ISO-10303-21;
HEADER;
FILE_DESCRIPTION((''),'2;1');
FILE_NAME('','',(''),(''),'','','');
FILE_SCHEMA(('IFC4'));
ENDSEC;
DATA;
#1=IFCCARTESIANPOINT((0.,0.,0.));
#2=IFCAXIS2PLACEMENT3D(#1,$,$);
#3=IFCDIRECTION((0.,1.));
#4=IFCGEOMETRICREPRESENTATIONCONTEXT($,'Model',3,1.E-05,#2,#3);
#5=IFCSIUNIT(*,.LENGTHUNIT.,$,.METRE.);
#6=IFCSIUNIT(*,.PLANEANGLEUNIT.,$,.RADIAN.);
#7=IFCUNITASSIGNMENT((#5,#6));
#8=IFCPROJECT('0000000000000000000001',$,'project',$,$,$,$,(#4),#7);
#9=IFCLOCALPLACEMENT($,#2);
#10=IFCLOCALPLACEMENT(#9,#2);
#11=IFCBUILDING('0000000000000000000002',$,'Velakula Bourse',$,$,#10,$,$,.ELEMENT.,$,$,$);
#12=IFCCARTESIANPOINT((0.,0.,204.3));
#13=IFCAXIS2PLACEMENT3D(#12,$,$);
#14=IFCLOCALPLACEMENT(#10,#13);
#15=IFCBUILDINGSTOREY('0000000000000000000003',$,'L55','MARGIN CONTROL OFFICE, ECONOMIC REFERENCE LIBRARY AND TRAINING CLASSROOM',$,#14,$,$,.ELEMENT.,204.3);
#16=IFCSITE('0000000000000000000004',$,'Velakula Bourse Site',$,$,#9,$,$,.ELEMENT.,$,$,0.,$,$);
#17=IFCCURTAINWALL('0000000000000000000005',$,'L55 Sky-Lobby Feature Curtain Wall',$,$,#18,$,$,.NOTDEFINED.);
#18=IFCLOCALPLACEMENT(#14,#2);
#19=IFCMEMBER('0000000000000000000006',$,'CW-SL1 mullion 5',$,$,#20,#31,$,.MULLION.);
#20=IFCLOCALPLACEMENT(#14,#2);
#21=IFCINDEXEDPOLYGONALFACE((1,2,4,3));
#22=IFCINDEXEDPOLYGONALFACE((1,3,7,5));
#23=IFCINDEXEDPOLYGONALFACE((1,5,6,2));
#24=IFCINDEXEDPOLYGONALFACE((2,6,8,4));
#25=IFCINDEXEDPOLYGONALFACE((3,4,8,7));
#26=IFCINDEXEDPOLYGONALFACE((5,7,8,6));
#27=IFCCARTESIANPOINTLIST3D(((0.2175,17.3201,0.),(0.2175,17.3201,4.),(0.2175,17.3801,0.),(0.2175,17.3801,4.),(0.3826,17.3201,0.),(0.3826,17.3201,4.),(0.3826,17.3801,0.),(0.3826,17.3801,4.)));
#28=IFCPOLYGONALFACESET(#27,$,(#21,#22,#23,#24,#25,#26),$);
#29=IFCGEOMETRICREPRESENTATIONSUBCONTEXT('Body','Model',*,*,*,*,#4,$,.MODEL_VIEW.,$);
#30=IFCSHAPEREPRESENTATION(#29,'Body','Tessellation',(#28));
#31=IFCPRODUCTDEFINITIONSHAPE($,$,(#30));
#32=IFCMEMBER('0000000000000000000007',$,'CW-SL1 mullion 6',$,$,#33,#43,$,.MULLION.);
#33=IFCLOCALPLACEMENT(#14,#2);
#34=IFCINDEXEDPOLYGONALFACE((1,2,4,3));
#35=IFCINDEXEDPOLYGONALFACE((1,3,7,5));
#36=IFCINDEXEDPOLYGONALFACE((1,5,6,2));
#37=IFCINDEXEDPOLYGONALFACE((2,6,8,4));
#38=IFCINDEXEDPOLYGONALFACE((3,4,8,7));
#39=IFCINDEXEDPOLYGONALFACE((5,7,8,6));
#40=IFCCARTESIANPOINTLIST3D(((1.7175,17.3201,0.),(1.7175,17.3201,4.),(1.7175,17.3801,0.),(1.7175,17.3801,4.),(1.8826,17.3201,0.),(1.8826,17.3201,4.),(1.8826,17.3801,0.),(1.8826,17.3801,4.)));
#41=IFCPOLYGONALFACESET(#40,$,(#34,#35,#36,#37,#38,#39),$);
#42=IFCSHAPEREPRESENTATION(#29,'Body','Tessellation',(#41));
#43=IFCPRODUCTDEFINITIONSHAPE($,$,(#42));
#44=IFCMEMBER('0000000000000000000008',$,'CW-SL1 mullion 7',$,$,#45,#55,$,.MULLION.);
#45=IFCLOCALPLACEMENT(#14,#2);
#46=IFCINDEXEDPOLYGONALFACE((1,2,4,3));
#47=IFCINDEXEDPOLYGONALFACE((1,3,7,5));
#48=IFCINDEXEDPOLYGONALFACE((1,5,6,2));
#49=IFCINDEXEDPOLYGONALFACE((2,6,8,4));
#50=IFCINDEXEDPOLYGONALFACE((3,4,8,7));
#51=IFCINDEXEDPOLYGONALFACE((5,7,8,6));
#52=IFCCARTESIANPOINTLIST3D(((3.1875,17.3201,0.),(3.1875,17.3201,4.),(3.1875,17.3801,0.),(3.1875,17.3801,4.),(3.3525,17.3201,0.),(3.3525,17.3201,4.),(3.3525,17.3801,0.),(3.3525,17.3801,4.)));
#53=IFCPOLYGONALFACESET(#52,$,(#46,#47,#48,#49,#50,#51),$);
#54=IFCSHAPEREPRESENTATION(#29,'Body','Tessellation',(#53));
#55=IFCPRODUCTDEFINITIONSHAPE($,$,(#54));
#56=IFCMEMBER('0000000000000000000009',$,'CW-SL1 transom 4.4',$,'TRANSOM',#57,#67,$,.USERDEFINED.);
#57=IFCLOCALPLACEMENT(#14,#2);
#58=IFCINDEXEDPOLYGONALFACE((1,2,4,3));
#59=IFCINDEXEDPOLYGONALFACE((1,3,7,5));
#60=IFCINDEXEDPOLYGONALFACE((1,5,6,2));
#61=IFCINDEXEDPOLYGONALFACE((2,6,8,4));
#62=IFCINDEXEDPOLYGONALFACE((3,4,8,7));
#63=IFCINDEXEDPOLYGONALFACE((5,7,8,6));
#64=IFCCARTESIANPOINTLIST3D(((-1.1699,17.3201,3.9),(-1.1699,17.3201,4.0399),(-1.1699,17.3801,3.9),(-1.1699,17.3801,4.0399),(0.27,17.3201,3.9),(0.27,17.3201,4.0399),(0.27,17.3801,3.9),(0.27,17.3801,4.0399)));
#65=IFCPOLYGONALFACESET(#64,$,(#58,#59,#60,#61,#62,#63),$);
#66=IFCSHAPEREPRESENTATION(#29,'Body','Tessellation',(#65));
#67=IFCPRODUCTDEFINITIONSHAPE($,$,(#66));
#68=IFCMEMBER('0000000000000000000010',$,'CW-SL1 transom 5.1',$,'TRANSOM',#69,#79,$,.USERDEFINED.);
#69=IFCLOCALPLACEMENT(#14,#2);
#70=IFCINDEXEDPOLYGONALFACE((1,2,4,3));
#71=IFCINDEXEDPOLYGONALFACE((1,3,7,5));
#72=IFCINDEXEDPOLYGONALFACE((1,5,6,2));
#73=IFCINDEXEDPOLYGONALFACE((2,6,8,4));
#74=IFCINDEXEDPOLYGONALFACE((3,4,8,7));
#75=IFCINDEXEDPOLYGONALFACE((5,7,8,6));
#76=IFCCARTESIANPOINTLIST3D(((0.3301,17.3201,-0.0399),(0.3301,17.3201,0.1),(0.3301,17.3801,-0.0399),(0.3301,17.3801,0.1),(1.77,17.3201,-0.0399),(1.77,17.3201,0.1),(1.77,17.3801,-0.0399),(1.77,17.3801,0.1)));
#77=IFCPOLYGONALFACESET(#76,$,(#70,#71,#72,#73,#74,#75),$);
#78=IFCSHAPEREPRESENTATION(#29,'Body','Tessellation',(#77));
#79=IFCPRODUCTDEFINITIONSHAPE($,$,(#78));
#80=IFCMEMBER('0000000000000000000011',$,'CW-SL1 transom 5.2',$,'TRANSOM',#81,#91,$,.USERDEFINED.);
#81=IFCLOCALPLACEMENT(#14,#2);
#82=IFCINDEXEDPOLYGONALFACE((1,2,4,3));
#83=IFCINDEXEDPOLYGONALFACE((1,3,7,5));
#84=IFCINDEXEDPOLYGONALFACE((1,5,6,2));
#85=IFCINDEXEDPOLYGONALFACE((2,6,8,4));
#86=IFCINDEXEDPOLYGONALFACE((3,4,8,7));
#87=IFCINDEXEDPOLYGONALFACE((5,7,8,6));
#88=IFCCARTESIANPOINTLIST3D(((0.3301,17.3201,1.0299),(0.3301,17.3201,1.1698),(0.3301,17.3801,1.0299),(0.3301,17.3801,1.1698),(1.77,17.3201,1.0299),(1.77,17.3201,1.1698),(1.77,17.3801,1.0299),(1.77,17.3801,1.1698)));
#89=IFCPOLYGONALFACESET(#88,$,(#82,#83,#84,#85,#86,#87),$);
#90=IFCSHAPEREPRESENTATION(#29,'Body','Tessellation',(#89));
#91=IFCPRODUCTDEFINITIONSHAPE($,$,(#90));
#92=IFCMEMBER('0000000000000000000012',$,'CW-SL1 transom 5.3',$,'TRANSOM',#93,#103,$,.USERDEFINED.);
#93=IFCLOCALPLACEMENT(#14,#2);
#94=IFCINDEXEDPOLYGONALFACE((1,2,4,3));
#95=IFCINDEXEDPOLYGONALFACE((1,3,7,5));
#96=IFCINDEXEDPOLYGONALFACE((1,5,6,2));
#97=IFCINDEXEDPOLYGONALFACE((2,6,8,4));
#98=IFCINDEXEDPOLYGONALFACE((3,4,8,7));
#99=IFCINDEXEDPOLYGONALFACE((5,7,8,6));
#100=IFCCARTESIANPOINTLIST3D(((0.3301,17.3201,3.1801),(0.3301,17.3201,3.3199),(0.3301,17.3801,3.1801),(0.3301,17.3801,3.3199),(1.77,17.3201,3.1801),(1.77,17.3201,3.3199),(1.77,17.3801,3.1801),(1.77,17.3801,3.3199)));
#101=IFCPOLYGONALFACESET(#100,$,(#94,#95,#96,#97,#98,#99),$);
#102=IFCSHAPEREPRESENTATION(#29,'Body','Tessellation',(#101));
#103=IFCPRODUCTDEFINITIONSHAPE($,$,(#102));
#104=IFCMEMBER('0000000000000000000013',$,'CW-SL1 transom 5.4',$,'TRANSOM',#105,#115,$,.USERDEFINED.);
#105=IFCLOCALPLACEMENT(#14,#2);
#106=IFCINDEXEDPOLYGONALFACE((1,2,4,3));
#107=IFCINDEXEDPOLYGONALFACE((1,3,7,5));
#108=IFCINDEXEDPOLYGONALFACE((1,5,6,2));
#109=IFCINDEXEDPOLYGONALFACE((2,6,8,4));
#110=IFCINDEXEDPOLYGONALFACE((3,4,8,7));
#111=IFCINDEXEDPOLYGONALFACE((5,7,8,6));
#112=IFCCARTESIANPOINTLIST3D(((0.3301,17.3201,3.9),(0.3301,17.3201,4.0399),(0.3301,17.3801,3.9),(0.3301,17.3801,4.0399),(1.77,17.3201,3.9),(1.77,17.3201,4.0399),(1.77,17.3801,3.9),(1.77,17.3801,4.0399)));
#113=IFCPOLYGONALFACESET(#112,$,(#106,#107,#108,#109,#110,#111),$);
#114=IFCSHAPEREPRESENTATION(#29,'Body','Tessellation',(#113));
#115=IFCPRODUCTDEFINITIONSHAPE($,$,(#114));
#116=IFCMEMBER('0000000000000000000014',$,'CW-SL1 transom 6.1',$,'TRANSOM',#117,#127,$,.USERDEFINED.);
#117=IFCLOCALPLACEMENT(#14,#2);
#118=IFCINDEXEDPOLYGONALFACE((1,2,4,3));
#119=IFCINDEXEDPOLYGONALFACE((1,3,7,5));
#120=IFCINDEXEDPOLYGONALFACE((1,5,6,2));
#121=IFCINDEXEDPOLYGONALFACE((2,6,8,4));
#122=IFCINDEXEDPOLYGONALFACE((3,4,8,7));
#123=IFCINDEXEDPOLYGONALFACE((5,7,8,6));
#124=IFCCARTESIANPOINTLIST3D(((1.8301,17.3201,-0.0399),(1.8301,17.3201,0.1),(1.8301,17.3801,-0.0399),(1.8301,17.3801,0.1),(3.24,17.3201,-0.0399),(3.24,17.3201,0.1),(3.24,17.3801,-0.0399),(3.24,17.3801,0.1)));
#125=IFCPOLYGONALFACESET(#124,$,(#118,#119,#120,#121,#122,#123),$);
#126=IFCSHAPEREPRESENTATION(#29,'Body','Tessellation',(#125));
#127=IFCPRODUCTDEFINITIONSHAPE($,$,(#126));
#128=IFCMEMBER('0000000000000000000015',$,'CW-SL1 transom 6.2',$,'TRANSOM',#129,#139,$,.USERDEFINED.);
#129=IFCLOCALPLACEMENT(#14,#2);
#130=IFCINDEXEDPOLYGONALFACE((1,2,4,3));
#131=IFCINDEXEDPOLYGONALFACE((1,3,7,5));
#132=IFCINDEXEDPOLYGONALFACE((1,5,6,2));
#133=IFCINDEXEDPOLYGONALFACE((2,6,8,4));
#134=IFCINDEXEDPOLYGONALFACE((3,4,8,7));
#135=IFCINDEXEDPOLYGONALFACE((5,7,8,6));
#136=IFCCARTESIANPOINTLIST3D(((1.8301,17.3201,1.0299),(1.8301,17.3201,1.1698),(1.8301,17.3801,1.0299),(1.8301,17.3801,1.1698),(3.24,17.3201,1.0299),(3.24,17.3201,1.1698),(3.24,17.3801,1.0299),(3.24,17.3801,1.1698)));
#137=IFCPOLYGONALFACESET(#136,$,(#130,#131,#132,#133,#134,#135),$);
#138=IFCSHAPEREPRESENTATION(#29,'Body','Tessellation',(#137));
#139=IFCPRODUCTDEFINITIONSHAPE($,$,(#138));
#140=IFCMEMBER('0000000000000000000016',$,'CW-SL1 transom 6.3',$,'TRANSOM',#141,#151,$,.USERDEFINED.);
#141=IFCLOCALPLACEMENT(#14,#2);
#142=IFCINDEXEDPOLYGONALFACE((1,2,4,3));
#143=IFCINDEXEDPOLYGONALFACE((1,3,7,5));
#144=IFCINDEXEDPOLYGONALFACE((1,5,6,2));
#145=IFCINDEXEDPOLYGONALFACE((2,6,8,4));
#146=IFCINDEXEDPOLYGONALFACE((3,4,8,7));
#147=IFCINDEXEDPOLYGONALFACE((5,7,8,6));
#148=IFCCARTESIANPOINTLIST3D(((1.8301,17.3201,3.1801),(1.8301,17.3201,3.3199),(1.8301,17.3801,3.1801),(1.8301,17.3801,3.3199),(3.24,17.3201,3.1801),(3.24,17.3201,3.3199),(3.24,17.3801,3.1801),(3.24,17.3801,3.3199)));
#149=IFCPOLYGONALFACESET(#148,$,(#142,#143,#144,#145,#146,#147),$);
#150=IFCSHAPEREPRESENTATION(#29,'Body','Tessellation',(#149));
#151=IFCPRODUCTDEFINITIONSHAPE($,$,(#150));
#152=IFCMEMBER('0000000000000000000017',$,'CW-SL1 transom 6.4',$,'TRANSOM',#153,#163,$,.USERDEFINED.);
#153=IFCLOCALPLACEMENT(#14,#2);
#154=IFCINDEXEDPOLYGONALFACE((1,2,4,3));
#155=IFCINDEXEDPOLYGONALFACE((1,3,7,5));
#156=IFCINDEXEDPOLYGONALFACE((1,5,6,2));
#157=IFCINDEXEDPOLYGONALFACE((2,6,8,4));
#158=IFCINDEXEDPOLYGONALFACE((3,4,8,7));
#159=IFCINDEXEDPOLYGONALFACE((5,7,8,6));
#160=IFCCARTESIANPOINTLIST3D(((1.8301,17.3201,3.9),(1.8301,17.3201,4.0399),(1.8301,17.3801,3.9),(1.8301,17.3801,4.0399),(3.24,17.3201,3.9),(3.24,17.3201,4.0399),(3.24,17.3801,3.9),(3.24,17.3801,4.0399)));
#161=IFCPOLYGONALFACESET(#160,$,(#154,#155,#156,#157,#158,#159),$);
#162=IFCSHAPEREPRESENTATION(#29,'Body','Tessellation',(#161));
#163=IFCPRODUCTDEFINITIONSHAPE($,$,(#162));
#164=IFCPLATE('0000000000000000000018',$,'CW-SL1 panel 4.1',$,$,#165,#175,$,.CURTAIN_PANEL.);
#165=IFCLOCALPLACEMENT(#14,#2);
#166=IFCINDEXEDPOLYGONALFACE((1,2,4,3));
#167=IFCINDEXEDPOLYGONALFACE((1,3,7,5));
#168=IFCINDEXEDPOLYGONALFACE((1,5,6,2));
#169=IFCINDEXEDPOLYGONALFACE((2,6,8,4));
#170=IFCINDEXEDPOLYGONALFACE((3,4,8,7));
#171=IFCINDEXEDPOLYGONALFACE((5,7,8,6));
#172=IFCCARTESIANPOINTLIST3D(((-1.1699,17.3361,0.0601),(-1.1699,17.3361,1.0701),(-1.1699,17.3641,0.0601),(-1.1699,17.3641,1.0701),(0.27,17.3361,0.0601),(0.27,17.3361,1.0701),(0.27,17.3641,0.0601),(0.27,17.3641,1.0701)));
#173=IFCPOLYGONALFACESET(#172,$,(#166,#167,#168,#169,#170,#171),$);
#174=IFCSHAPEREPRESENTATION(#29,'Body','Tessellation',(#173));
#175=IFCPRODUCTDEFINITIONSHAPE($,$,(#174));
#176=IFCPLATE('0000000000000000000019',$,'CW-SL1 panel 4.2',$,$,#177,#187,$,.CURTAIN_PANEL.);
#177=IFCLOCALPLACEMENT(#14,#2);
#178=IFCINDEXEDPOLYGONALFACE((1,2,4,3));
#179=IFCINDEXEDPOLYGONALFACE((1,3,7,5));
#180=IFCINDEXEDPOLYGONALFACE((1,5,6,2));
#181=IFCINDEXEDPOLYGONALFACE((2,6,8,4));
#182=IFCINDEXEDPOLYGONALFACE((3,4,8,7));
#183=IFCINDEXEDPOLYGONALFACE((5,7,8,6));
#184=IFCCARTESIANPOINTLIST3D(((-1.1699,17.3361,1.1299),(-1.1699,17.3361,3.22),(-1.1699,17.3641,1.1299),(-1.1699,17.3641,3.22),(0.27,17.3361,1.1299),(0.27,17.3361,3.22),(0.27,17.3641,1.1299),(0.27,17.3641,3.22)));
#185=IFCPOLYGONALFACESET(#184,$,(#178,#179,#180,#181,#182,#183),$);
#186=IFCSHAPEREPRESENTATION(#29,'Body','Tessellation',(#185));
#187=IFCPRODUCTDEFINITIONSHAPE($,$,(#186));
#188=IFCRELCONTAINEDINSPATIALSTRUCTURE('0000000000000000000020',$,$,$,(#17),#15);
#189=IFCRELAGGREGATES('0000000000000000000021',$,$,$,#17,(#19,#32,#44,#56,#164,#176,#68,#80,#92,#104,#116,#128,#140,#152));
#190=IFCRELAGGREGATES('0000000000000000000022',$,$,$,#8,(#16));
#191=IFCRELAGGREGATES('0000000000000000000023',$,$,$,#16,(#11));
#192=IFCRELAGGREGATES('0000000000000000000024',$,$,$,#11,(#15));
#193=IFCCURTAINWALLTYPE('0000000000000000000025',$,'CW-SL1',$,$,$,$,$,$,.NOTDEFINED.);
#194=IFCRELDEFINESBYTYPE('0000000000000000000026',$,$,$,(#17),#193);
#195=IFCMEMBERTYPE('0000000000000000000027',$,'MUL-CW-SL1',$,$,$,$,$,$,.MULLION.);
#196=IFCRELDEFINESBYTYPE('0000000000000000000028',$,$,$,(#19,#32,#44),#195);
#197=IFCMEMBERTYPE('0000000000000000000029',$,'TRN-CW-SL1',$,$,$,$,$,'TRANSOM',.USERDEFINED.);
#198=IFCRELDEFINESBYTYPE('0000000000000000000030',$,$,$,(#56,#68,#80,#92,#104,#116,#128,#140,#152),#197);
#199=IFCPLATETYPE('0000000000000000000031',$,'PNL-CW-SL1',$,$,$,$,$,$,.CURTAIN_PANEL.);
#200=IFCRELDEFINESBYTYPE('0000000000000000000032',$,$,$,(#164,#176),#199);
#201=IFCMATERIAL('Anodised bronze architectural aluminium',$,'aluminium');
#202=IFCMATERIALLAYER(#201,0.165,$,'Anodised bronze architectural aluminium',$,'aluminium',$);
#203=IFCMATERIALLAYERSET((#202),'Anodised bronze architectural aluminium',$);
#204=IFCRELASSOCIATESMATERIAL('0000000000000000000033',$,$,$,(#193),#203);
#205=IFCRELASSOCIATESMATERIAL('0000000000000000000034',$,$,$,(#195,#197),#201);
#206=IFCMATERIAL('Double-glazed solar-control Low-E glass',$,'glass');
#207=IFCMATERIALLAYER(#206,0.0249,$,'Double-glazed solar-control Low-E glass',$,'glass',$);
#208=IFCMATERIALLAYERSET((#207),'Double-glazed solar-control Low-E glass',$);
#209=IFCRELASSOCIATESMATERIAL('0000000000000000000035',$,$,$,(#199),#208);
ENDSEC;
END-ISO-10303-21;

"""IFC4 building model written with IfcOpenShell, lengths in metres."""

from ifc_helpers import new_model, si_unit, direction, frame, origin, origin_2d, place, context, subcontext, project, spatial, rectangle, extrude, material, layer, layer_set, material_profile, profile_set, type_object, element, aggregate, save


model = new_model("IFC4")

# Units and contexts
model_context = context("Model", 3, precision=1e-05, world=origin(), true_north=direction((0.0, 1.0)))
body_context = subcontext(model_context, "Body", "Model", "MODEL_VIEW")
ifc_project = project(units=[si_unit("LENGTHUNIT", "METRE"), si_unit("PLANEANGLEUNIT", "RADIAN")], contexts=[model_context])

# Site, building, storey
site_placement = place(None, origin())
site = spatial("IfcSite", under=ifc_project, at=site_placement, Name="Velakula Bourse Site", CompositionType="ELEMENT", RefElevation=0.0)
building_placement = place(site_placement, origin())
building = spatial("IfcBuilding", under=site, at=building_placement, Name="Velakula Bourse", CompositionType="ELEMENT")
storey_placement = place(building_placement, frame((0.0, 0.0, 204.3)))
storey = spatial("IfcBuildingStorey", under=building, at=storey_placement, Name="L55", Description="MARGIN CONTROL OFFICE, ECONOMIC REFERENCE LIBRARY AND TRAINING CLASSROOM", CompositionType="ELEMENT", Elevation=204.3)

# Curtain wall, members, plates
ifc_material_1 = material(Name="Anodised bronze architectural aluminium", Category="aluminium")
ifc_layer_1 = layer(ifc_material_1, 0.165, Name="Anodised bronze architectural aluminium", Category="aluminium")
ifc_layer_set_1 = layer_set([ifc_layer_1], Name="Anodised bronze architectural aluminium")
curtain_wall_type = type_object("IfcCurtainWallType", Name="CW-SL1", PredefinedType="NOTDEFINED", material=ifc_layer_set_1)
curtain_wall_placement = place(storey_placement, origin())
curtain_wall = element("IfcCurtainWall", 1, at=curtain_wall_placement, inside=storey, type_object=curtain_wall_type, Name="L55 Sky-Lobby Feature Curtain Wall", PredefinedType="NOTDEFINED")
ifc_material_profile_1 = material_profile(ifc_material_1, rectangle(XDim=0.0601, YDim=0.165, at=origin_2d()), Name="Anodised bronze architectural aluminium")
ifc_profile_set_1 = profile_set([ifc_material_profile_1], Name="Anodised bronze architectural aluminium")
member_type_1 = type_object("IfcMemberType", Name="MUL-CW-SL1", PredefinedType="MULLION", material=ifc_profile_set_1)
member_1_placement = place(storey_placement, frame((0.3, 17.3501, 0.0), z_axis=(0.0, 0.0, 1.0), x_axis=(0.0, 1.0, 0.0)))
member_1 = element("IfcMember", 2, at=member_1_placement, type_object=member_type_1, Name="CW-SL1 mullion 5", PredefinedType="MULLION", context=body_context, shape_type="SweptSolid", body=[
    extrude(rectangle(XDim=0.0601, YDim=0.165, at=origin_2d()), origin(), (0.0, 0.0, 1.0), 4.0),
])
member_2_placement = place(storey_placement, frame((1.8, 17.3501, 0.0), z_axis=(0.0, 0.0, 1.0), x_axis=(0.0, 1.0, 0.0)))
member_2 = element("IfcMember", 3, at=member_2_placement, type_object=member_type_1, Name="CW-SL1 mullion 6", PredefinedType="MULLION", context=body_context, shape_type="SweptSolid", body=[
    extrude(rectangle(XDim=0.0601, YDim=0.165, at=origin_2d()), origin(), (0.0, 0.0, 1.0), 4.0),
])
member_3_placement = place(storey_placement, frame((3.27, 17.3501, 0.0), z_axis=(0.0, 0.0, 1.0), x_axis=(0.0, 1.0, 0.0)))
member_3 = element("IfcMember", 4, at=member_3_placement, type_object=member_type_1, Name="CW-SL1 mullion 7", PredefinedType="MULLION", context=body_context, shape_type="SweptSolid", body=[
    extrude(rectangle(XDim=0.0601, YDim=0.165, at=origin_2d()), origin(), (0.0, 0.0, 1.0), 4.0),
])
ifc_material_profile_2 = material_profile(ifc_material_1, rectangle(XDim=0.0601, YDim=0.1399, at=origin_2d()), Name="Anodised bronze architectural aluminium")
ifc_profile_set_2 = profile_set([ifc_material_profile_2], Name="Anodised bronze architectural aluminium")
member_type_2 = type_object("IfcMemberType", Name="TRN-CW-SL1", ElementType="TRANSOM", PredefinedType="USERDEFINED", material=ifc_profile_set_2)
member_4_placement = place(storey_placement, frame((-1.1699, 17.3501, 3.97), z_axis=(1.0, 0.0, 0.0), x_axis=(0.0, 1.0, 0.0)))
member_4 = element("IfcMember", 5, at=member_4_placement, type_object=member_type_2, Name="CW-SL1 transom 4.4", ObjectType="TRANSOM", PredefinedType="USERDEFINED", context=body_context, shape_type="SweptSolid", body=[
    extrude(rectangle(XDim=0.0601, YDim=0.1399, at=origin_2d()), origin(), (0.0, 0.0, 1.0), 1.4399),
])
member_5_placement = place(storey_placement, frame((0.3301, 17.3501, 0.03), z_axis=(1.0, 0.0, 0.0), x_axis=(0.0, 1.0, 0.0)))
member_5 = element("IfcMember", 6, at=member_5_placement, type_object=member_type_2, Name="CW-SL1 transom 5.1", ObjectType="TRANSOM", PredefinedType="USERDEFINED", context=body_context, shape_type="SweptSolid", body=[
    extrude(rectangle(XDim=0.0601, YDim=0.1399, at=origin_2d()), origin(), (0.0, 0.0, 1.0), 1.4399),
])
member_6_placement = place(storey_placement, frame((0.3301, 17.3501, 1.0999), z_axis=(1.0, 0.0, 0.0), x_axis=(0.0, 1.0, 0.0)))
member_6 = element("IfcMember", 7, at=member_6_placement, type_object=member_type_2, Name="CW-SL1 transom 5.2", ObjectType="TRANSOM", PredefinedType="USERDEFINED", context=body_context, shape_type="SweptSolid", body=[
    extrude(rectangle(XDim=0.0601, YDim=0.1399, at=origin_2d()), origin(), (0.0, 0.0, 1.0), 1.4399),
])
member_7_placement = place(storey_placement, frame((0.3301, 17.3501, 3.25), z_axis=(1.0, 0.0, 0.0), x_axis=(0.0, 1.0, 0.0)))
member_7 = element("IfcMember", 8, at=member_7_placement, type_object=member_type_2, Name="CW-SL1 transom 5.3", ObjectType="TRANSOM", PredefinedType="USERDEFINED", context=body_context, shape_type="SweptSolid", body=[
    extrude(rectangle(XDim=0.0601, YDim=0.1399, at=origin_2d()), origin(), (0.0, 0.0, 1.0), 1.4399),
])
member_8_placement = place(storey_placement, frame((0.3301, 17.3501, 3.97), z_axis=(1.0, 0.0, 0.0), x_axis=(0.0, 1.0, 0.0)))
member_8 = element("IfcMember", 9, at=member_8_placement, type_object=member_type_2, Name="CW-SL1 transom 5.4", ObjectType="TRANSOM", PredefinedType="USERDEFINED", context=body_context, shape_type="SweptSolid", body=[
    extrude(rectangle(XDim=0.0601, YDim=0.1399, at=origin_2d()), origin(), (0.0, 0.0, 1.0), 1.4399),
])
member_9_placement = place(storey_placement, frame((1.8301, 17.3501, 0.03), z_axis=(1.0, 0.0, 0.0), x_axis=(0.0, 1.0, 0.0)))
member_9 = element("IfcMember", 10, at=member_9_placement, type_object=member_type_2, Name="CW-SL1 transom 6.1", ObjectType="TRANSOM", PredefinedType="USERDEFINED", context=body_context, shape_type="SweptSolid", body=[
    extrude(rectangle(XDim=0.0601, YDim=0.1399, at=origin_2d()), origin(), (0.0, 0.0, 1.0), 1.4099),
])
member_10_placement = place(storey_placement, frame((1.8301, 17.3501, 1.0999), z_axis=(1.0, 0.0, 0.0), x_axis=(0.0, 1.0, 0.0)))
member_10 = element("IfcMember", 11, at=member_10_placement, type_object=member_type_2, Name="CW-SL1 transom 6.2", ObjectType="TRANSOM", PredefinedType="USERDEFINED", context=body_context, shape_type="SweptSolid", body=[
    extrude(rectangle(XDim=0.0601, YDim=0.1399, at=origin_2d()), origin(), (0.0, 0.0, 1.0), 1.4099),
])
member_11_placement = place(storey_placement, frame((1.8301, 17.3501, 3.25), z_axis=(1.0, 0.0, 0.0), x_axis=(0.0, 1.0, 0.0)))
member_11 = element("IfcMember", 12, at=member_11_placement, type_object=member_type_2, Name="CW-SL1 transom 6.3", ObjectType="TRANSOM", PredefinedType="USERDEFINED", context=body_context, shape_type="SweptSolid", body=[
    extrude(rectangle(XDim=0.0601, YDim=0.1399, at=origin_2d()), origin(), (0.0, 0.0, 1.0), 1.4099),
])
member_12_placement = place(storey_placement, frame((1.8301, 17.3501, 3.97), z_axis=(1.0, 0.0, 0.0), x_axis=(0.0, 1.0, 0.0)))
member_12 = element("IfcMember", 13, at=member_12_placement, type_object=member_type_2, Name="CW-SL1 transom 6.4", ObjectType="TRANSOM", PredefinedType="USERDEFINED", context=body_context, shape_type="SweptSolid", body=[
    extrude(rectangle(XDim=0.0601, YDim=0.1399, at=origin_2d()), origin(), (0.0, 0.0, 1.0), 1.4099),
])
ifc_material_2 = material(Name="Double-glazed solar-control Low-E glass", Category="glass")
ifc_layer_2 = layer(ifc_material_2, 0.0249, Name="Double-glazed solar-control Low-E glass", Category="glass")
ifc_layer_set_2 = layer_set([ifc_layer_2], Name="Double-glazed solar-control Low-E glass")
plate_type = type_object("IfcPlateType", Name="PNL-CW-SL1", PredefinedType="CURTAIN_PANEL", material=ifc_layer_set_2)
plate_1_placement = place(storey_placement, frame((-0.45, 17.3501, 0.0601), z_axis=(0.0, 0.0, 1.0), x_axis=(1.0, 0.0, 0.0)))
plate_1 = element("IfcPlate", 14, at=plate_1_placement, type_object=plate_type, Name="CW-SL1 panel 4.1", PredefinedType="CURTAIN_PANEL", context=body_context, shape_type="SweptSolid", body=[
    extrude(rectangle(XDim=1.4399, YDim=0.0281, at=origin_2d()), origin(), (0.0, 0.0, 1.0), 1.01),
])
plate_2_placement = place(storey_placement, frame((-0.45, 17.3501, 1.1299), z_axis=(0.0, 0.0, 1.0), x_axis=(1.0, 0.0, 0.0)))
plate_2 = element("IfcPlate", 15, at=plate_2_placement, type_object=plate_type, Name="CW-SL1 panel 4.2", PredefinedType="CURTAIN_PANEL", context=body_context, shape_type="SweptSolid", body=[
    extrude(rectangle(XDim=1.4399, YDim=0.0281, at=origin_2d()), origin(), (0.0, 0.0, 1.0), 2.0901),
])
aggregate(curtain_wall, [member_1, member_2, member_3, member_4, plate_1, plate_2, member_5, member_6, member_7, member_8, member_9, member_10, member_11, member_12])

save(model, "model.ifc")
